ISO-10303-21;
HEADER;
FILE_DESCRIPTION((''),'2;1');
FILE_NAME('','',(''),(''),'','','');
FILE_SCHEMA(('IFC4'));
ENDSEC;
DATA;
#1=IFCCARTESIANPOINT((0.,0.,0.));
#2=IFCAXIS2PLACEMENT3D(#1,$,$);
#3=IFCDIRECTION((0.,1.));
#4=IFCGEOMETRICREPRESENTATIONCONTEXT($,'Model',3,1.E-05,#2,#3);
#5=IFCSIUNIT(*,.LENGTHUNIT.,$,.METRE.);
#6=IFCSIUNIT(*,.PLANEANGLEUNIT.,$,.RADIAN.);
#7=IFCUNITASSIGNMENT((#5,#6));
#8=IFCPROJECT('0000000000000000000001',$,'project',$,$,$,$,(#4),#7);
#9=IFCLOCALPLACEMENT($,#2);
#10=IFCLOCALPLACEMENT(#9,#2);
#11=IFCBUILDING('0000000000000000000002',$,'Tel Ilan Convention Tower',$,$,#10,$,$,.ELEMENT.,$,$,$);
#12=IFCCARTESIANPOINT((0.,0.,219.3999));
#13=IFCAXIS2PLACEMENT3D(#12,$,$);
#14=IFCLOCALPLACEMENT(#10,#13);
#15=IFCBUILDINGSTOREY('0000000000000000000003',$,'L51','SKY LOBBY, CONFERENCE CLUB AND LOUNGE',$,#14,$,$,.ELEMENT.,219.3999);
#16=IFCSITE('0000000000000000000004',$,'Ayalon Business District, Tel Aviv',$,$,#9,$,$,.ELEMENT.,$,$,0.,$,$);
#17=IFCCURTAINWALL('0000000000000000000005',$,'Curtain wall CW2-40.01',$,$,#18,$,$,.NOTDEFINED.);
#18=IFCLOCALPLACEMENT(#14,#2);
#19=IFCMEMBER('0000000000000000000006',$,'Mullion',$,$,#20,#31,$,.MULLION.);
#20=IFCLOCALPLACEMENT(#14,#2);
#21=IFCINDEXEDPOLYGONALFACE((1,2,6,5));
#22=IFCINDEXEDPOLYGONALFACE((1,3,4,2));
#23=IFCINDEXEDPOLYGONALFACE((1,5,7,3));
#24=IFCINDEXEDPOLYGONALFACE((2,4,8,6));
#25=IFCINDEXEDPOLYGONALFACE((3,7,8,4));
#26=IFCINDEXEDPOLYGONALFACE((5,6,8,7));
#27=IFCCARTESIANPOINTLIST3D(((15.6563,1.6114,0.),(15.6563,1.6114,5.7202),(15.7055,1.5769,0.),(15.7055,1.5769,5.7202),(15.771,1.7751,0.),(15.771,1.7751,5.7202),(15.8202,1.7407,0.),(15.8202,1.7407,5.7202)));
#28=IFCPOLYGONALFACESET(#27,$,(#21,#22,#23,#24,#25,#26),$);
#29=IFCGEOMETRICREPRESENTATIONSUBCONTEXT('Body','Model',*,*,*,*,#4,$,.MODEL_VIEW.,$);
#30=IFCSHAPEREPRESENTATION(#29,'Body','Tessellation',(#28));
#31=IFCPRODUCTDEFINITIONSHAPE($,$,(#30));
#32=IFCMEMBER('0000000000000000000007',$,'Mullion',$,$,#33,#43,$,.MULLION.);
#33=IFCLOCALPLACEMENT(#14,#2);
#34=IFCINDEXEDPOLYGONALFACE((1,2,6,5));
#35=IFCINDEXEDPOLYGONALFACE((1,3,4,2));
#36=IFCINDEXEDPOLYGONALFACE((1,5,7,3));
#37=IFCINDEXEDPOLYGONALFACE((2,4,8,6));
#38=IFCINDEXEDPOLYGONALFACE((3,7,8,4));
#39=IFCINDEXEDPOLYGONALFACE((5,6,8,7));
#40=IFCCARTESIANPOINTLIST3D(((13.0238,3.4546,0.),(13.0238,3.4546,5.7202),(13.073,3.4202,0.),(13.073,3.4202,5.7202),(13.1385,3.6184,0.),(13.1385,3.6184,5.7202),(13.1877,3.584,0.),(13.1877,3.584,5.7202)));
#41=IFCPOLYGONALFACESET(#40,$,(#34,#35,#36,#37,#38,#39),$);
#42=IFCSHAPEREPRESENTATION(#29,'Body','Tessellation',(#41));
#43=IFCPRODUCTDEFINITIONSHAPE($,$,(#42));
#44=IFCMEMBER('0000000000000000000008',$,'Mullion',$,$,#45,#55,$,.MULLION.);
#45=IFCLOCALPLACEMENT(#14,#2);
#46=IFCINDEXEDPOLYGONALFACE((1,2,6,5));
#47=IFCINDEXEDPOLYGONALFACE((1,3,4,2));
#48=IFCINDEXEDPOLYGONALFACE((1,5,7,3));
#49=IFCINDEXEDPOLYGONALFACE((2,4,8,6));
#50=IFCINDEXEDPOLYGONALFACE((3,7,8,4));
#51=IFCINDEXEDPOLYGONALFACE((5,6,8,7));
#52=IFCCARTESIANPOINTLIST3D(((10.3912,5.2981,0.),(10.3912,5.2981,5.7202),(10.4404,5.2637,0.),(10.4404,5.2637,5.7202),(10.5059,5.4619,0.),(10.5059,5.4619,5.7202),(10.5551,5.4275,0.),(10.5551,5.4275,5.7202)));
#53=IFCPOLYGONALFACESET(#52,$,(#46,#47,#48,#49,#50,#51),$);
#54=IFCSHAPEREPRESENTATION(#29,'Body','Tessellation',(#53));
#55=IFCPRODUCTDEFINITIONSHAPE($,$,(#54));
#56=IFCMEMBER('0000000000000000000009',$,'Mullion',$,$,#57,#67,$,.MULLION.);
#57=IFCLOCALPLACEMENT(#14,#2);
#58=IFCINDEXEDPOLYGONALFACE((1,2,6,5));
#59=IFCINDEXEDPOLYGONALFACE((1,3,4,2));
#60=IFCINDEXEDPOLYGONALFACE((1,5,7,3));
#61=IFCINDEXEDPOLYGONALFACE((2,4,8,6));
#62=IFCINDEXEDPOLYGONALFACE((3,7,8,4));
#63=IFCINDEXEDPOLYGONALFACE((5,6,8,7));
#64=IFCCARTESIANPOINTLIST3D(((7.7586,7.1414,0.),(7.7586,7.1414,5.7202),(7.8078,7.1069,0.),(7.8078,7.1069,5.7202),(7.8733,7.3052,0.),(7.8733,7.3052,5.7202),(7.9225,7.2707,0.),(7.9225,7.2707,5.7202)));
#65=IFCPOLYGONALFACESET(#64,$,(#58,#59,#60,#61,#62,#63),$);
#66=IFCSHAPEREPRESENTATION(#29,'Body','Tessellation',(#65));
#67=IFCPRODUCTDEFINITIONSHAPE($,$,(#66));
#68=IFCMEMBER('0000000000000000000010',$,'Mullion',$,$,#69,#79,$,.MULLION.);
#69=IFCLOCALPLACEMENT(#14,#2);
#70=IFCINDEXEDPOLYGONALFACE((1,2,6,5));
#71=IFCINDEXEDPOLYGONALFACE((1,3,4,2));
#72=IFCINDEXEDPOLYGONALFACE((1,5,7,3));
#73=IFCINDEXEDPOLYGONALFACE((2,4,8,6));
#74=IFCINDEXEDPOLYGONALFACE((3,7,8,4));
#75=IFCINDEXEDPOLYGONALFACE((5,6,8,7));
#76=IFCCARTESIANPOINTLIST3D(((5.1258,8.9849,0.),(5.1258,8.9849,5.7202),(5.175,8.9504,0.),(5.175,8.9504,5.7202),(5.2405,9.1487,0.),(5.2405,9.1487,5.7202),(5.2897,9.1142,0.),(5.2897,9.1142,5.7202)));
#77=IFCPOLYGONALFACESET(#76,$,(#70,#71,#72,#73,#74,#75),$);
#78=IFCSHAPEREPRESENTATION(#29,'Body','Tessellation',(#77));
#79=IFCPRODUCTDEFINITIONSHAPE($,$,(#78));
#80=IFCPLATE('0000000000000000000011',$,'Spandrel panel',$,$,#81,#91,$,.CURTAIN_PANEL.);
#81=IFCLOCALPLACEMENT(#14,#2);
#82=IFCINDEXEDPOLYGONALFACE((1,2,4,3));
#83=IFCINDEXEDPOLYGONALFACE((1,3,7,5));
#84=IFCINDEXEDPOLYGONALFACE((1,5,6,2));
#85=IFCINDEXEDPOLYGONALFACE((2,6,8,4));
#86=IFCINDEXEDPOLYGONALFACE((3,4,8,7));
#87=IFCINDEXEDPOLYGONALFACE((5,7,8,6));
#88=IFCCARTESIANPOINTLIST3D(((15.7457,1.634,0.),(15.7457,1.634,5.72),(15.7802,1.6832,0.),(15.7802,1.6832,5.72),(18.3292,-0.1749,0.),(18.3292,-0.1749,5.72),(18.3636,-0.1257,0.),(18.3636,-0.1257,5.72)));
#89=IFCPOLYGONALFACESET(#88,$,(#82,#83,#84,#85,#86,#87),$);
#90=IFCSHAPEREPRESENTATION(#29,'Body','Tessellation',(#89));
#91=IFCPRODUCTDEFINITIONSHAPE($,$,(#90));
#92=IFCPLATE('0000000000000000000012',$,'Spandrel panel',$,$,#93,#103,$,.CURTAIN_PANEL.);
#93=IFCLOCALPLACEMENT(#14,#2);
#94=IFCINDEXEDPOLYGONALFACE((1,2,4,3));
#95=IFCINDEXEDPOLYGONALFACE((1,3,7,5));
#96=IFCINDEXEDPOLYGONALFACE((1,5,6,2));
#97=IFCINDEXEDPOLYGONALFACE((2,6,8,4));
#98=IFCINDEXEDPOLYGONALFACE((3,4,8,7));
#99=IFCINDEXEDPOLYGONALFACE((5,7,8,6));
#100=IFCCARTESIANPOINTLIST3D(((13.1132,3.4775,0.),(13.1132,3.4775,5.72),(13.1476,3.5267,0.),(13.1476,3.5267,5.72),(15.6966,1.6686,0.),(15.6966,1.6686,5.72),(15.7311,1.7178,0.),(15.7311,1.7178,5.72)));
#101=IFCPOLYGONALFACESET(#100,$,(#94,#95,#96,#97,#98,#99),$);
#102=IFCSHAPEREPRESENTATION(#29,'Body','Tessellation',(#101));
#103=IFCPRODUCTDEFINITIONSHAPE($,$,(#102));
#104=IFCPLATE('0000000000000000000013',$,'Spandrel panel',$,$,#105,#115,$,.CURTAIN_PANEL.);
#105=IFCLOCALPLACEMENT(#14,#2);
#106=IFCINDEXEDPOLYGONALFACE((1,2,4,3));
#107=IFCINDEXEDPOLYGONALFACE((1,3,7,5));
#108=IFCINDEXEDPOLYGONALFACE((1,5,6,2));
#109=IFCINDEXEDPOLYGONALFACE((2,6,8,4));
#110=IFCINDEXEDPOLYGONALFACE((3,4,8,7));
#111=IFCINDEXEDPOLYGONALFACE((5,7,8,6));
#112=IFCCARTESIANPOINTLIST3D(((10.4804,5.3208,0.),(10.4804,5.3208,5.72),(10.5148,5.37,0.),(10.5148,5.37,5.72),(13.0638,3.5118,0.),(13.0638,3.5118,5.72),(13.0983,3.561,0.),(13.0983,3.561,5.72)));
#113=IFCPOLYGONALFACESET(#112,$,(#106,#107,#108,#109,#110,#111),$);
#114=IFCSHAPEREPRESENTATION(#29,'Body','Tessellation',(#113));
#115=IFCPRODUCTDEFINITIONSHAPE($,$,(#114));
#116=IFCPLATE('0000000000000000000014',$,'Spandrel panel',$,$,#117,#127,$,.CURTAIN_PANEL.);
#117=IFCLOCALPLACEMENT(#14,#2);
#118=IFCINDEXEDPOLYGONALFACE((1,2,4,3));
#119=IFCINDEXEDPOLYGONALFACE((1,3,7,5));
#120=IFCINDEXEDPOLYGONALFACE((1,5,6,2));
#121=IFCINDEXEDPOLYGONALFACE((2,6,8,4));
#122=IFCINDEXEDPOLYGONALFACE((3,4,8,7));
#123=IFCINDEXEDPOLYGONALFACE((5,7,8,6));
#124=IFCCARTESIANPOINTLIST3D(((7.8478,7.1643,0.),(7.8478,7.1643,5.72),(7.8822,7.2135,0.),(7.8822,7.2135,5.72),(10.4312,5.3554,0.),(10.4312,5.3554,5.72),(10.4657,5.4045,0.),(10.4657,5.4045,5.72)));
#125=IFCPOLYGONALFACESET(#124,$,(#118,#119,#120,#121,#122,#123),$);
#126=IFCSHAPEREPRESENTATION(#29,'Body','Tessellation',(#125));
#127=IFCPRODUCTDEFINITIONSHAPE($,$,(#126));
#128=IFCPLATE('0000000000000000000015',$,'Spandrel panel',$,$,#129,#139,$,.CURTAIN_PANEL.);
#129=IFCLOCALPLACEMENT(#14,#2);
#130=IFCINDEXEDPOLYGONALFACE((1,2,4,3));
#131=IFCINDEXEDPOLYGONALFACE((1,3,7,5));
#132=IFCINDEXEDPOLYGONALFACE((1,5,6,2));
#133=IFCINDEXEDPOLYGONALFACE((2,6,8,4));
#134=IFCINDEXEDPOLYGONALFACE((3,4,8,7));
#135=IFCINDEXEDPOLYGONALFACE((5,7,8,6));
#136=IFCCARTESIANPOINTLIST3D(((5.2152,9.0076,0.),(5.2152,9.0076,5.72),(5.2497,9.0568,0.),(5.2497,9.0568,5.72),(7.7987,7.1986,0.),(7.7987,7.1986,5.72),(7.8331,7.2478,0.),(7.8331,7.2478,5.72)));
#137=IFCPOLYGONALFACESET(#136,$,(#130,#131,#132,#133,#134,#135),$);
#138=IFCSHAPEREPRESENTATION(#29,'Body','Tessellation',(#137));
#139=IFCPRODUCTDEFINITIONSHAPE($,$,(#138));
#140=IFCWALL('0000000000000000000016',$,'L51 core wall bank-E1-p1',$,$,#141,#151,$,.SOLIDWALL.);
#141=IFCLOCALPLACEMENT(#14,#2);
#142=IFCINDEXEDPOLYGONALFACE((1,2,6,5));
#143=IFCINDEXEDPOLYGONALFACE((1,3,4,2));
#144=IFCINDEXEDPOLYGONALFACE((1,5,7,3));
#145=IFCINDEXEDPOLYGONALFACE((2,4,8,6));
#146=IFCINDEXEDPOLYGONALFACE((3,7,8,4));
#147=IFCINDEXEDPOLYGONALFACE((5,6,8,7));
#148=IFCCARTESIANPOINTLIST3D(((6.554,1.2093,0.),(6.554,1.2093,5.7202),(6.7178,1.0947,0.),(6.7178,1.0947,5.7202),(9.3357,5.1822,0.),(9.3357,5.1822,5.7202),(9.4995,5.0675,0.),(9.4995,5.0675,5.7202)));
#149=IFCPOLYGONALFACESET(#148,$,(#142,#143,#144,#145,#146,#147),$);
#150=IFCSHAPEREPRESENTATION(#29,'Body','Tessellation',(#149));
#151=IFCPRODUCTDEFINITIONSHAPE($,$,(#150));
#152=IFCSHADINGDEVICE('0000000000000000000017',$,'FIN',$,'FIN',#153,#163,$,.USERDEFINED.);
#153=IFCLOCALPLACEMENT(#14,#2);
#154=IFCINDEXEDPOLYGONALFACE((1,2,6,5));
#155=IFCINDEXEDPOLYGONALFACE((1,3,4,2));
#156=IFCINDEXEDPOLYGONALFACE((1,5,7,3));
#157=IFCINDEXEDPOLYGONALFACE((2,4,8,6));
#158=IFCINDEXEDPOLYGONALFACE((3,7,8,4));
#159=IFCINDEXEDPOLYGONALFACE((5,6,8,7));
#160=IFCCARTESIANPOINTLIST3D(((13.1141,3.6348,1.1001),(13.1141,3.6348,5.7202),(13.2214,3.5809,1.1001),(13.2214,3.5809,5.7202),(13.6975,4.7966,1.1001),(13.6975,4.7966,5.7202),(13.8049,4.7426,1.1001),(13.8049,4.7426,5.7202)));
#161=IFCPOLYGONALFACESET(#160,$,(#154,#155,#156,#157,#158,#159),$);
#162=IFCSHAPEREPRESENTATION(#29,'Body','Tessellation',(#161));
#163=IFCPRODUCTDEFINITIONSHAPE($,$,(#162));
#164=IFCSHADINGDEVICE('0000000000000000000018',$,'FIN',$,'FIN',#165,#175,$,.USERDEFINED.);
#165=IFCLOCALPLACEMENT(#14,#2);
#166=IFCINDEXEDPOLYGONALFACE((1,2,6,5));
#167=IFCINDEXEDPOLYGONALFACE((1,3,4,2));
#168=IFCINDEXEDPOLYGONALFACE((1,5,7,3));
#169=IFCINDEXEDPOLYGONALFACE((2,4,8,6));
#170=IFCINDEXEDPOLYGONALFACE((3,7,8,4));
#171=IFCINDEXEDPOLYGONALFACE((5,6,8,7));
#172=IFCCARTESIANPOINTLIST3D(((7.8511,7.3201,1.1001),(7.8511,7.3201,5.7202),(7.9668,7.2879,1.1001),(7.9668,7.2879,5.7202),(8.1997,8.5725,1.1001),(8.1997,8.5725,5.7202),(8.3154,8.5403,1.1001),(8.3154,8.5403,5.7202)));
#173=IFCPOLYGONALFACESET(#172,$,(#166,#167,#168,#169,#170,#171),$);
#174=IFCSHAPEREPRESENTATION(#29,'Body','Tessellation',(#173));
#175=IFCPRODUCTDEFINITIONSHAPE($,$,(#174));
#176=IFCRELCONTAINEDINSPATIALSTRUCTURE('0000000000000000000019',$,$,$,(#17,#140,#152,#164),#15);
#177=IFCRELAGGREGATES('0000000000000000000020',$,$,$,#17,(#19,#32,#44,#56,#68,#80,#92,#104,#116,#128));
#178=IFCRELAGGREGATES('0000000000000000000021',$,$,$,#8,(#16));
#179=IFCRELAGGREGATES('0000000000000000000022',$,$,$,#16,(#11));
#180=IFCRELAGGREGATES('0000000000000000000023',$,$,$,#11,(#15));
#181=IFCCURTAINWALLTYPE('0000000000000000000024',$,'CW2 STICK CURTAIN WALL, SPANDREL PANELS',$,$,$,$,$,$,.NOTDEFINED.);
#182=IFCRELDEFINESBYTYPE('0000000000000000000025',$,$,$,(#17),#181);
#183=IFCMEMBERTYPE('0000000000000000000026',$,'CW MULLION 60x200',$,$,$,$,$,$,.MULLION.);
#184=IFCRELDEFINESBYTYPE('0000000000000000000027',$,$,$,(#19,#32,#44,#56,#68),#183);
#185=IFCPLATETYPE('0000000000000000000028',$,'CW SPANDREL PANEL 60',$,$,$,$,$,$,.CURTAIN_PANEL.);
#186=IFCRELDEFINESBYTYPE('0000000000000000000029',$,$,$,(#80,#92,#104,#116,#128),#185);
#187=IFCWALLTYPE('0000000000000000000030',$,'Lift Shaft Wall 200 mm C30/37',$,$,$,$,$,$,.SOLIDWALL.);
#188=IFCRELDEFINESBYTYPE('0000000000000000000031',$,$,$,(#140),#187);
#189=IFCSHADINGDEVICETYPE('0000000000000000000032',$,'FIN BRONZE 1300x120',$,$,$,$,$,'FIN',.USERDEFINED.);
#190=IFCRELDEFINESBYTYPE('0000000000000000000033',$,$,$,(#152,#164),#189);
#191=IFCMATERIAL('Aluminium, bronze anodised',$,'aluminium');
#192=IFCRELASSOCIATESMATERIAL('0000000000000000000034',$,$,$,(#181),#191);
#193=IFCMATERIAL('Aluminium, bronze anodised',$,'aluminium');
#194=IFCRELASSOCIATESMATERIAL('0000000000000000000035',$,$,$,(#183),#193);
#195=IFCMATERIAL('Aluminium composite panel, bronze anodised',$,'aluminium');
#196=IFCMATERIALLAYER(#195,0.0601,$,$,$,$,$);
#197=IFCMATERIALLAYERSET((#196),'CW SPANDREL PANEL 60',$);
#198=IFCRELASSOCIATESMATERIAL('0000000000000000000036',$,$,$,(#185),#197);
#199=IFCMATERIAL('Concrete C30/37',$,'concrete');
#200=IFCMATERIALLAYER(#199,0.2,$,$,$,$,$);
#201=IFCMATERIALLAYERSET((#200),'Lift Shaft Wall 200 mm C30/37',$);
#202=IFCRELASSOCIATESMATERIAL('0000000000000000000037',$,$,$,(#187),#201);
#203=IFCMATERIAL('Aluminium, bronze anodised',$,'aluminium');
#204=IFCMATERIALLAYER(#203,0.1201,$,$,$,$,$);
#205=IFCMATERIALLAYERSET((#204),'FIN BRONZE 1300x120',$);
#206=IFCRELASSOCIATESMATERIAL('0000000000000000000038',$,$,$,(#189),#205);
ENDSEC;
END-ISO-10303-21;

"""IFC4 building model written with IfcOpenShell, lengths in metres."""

from ifc_helpers import new_model, si_unit, direction, frame, frame_2d, origin, origin_2d, place, context, subcontext, project, spatial, rectangle, extrude, material, layer, layer_set, material_profile, profile_set, type_object, element, aggregate, save


model = new_model("IFC4")

# Units and contexts
model_context = context("Model", 3, precision=1e-05, world=origin(), true_north=direction((0.0, 1.0)))
body_context = subcontext(model_context, "Body", "Model", "MODEL_VIEW")
ifc_project = project(units=[si_unit("LENGTHUNIT", "METRE"), si_unit("PLANEANGLEUNIT", "RADIAN")], contexts=[model_context])

# Site, building, storey
site_placement = place(None, origin())
site = spatial("IfcSite", under=ifc_project, at=site_placement, Name="Ayalon Business District, Tel Aviv", CompositionType="ELEMENT", RefElevation=0.0)
building_placement = place(site_placement, origin())
building = spatial("IfcBuilding", under=site, at=building_placement, Name="Tel Ilan Convention Tower", CompositionType="ELEMENT")
storey_placement = place(building_placement, frame((0.0, 0.0, 219.3999)))
storey = spatial("IfcBuildingStorey", under=building, at=storey_placement, Name="L51", Description="SKY LOBBY, CONFERENCE CLUB AND LOUNGE", CompositionType="ELEMENT", Elevation=219.3999)

# Curtain wall, members, plates
ifc_material_1 = material(Name="Aluminium, bronze anodised", Category="aluminium")
curtain_wall_type = type_object("IfcCurtainWallType", Name="CW2 STICK CURTAIN WALL, SPANDREL PANELS", PredefinedType="NOTDEFINED", material=ifc_material_1)
curtain_wall_placement = place(storey_placement, origin())
curtain_wall = element("IfcCurtainWall", 1, at=curtain_wall_placement, inside=storey, type_object=curtain_wall_type, Name="Curtain wall CW2-40.01", PredefinedType="NOTDEFINED")
ifc_material_2 = material(Name="Aluminium, bronze anodised", Category="aluminium")
ifc_material_profile = material_profile(ifc_material_2, rectangle(XDim=0.0601, YDim=0.2, at=origin_2d()), Name="CW MULLION 60x200")
ifc_profile_set = profile_set([ifc_material_profile], Name="Aluminium, bronze anodised")
member_type = type_object("IfcMemberType", Name="CW MULLION 60x200", PredefinedType="MULLION", material=ifc_profile_set)
member_1_placement = place(storey_placement, frame((15.7383, 1.676, 0.0), z_axis=(0.0, 0.0, 1.0), x_axis=(-0.819152, 0.573576, 0.0)))
member_1 = element("IfcMember", 2, at=member_1_placement, type_object=member_type, Name="Mullion", PredefinedType="MULLION", context=body_context, shape_type="SweptSolid", body=[
    extrude(rectangle(XDim=0.0601, YDim=0.2, at=origin_2d()), origin(), (0.0, 0.0, 1.0), 5.7202),
])
member_2_placement = place(storey_placement, frame((13.1057, 3.5193, 0.0), z_axis=(0.0, 0.0, 1.0), x_axis=(-0.819152, 0.573576, 0.0)))
member_2 = element("IfcMember", 3, at=member_2_placement, type_object=member_type, Name="Mullion", PredefinedType="MULLION", context=body_context, shape_type="SweptSolid", body=[
    extrude(rectangle(XDim=0.0601, YDim=0.2, at=origin_2d()), origin(), (0.0, 0.0, 1.0), 5.7202),
])
member_3_placement = place(storey_placement, frame((10.4731, 5.3628, 0.0), z_axis=(0.0, 0.0, 1.0), x_axis=(-0.819152, 0.573576, 0.0)))
member_3 = element("IfcMember", 4, at=member_3_placement, type_object=member_type, Name="Mullion", PredefinedType="MULLION", context=body_context, shape_type="SweptSolid", body=[
    extrude(rectangle(XDim=0.0601, YDim=0.2, at=origin_2d()), origin(), (0.0, 0.0, 1.0), 5.7202),
])
member_4_placement = place(storey_placement, frame((7.8406, 7.2061, 0.0), z_axis=(0.0, 0.0, 1.0), x_axis=(-0.819152, 0.573576, 0.0)))
member_4 = element("IfcMember", 5, at=member_4_placement, type_object=member_type, Name="Mullion", PredefinedType="MULLION", context=body_context, shape_type="SweptSolid", body=[
    extrude(rectangle(XDim=0.0601, YDim=0.2, at=origin_2d()), origin(), (0.0, 0.0, 1.0), 5.7202),
])
member_5_placement = place(storey_placement, frame((5.2078, 9.0496, 0.0), z_axis=(0.0, 0.0, 1.0), x_axis=(-0.819152, 0.573576, 0.0)))
member_5 = element("IfcMember", 6, at=member_5_placement, type_object=member_type, Name="Mullion", PredefinedType="MULLION", context=body_context, shape_type="SweptSolid", body=[
    extrude(rectangle(XDim=0.0601, YDim=0.2, at=origin_2d()), origin(), (0.0, 0.0, 1.0), 5.7202),
])
ifc_material_3 = material(Name="Aluminium composite panel, bronze anodised", Category="aluminium")
ifc_layer_1 = layer(ifc_material_3, 0.0601)
ifc_layer_set_1 = layer_set([ifc_layer_1], Name="CW SPANDREL PANEL 60")
plate_type = type_object("IfcPlateType", Name="CW SPANDREL PANEL 60", PredefinedType="CURTAIN_PANEL", material=ifc_layer_set_1)
plate_1_placement = place(storey_placement, frame((17.0547, 0.7542, 0.0), z_axis=(0.0, 0.0, 1.0), x_axis=(-0.819152, 0.573576, 0.0)))
plate_1 = element("IfcPlate", 7, at=plate_1_placement, type_object=plate_type, Name="Spandrel panel", PredefinedType="CURTAIN_PANEL", context=body_context, shape_type="SweptSolid", body=[
    extrude(rectangle(XDim=3.1538, YDim=0.0601, at=origin_2d()), origin(), (0.0, 0.0, 1.0), 5.72),
])
plate_2_placement = place(storey_placement, frame((14.4221, 2.5977, 0.0), z_axis=(0.0, 0.0, 1.0), x_axis=(-0.819152, 0.573576, 0.0)))
plate_2 = element("IfcPlate", 8, at=plate_2_placement, type_object=plate_type, Name="Spandrel panel", PredefinedType="CURTAIN_PANEL", context=body_context, shape_type="SweptSolid", body=[
    extrude(rectangle(XDim=3.1538, YDim=0.0601, at=origin_2d()), origin(), (0.0, 0.0, 1.0), 5.72),
])
plate_3_placement = place(storey_placement, frame((11.7893, 4.4409, 0.0), z_axis=(0.0, 0.0, 1.0), x_axis=(-0.819152, 0.573576, 0.0)))
plate_3 = element("IfcPlate", 9, at=plate_3_placement, type_object=plate_type, Name="Spandrel panel", PredefinedType="CURTAIN_PANEL", context=body_context, shape_type="SweptSolid", body=[
    extrude(rectangle(XDim=3.1538, YDim=0.0601, at=origin_2d()), origin(), (0.0, 0.0, 1.0), 5.72),
])
plate_4_placement = place(storey_placement, frame((9.1567, 6.2844, 0.0), z_axis=(0.0, 0.0, 1.0), x_axis=(-0.819152, 0.573576, 0.0)))
plate_4 = element("IfcPlate", 10, at=plate_4_placement, type_object=plate_type, Name="Spandrel panel", PredefinedType="CURTAIN_PANEL", context=body_context, shape_type="SweptSolid", body=[
    extrude(rectangle(XDim=3.1538, YDim=0.0601, at=origin_2d()), origin(), (0.0, 0.0, 1.0), 5.72),
])
plate_5_placement = place(storey_placement, frame((6.5242, 8.1277, 0.0), z_axis=(0.0, 0.0, 1.0), x_axis=(-0.819152, 0.573576, 0.0)))
plate_5 = element("IfcPlate", 11, at=plate_5_placement, type_object=plate_type, Name="Spandrel panel", PredefinedType="CURTAIN_PANEL", context=body_context, shape_type="SweptSolid", body=[
    extrude(rectangle(XDim=3.1538, YDim=0.0601, at=origin_2d()), origin(), (0.0, 0.0, 1.0), 5.72),
])
aggregate(curtain_wall, [member_1, member_2, member_3, member_4, member_5, plate_1, plate_2, plate_3, plate_4, plate_5])

# Wall
ifc_material_4 = material(Name="Concrete C30/37", Category="concrete")
ifc_layer_2 = layer(ifc_material_4, 0.2)
ifc_layer_set_2 = layer_set([ifc_layer_2], Name="Lift Shaft Wall 200 mm C30/37")
wall_type = type_object("IfcWallType", Name="Lift Shaft Wall 200 mm C30/37", PredefinedType="SOLIDWALL", material=ifc_layer_set_2)
wall_placement = place(storey_placement, frame((6.636, 1.1521, 0.0), z_axis=(0.0, 0.0, 1.0), x_axis=(0.57356, 0.819163, 0.0)))
element("IfcWall", 12, at=wall_placement, inside=storey, type_object=wall_type, Name="L51 core wall bank-E1-p1", PredefinedType="SOLIDWALL", context=body_context, shape_type="SweptSolid", body=[
    extrude(rectangle(XDim=4.8499, YDim=0.2, at=frame_2d((2.4248, 0.0))), origin(), (0.0, 0.0, 1.0), 5.7202),
])

# Shading devices
ifc_material_5 = material(Name="Aluminium, bronze anodised", Category="aluminium")
ifc_layer_3 = layer(ifc_material_5, 0.1201)
ifc_layer_set_3 = layer_set([ifc_layer_3], Name="FIN BRONZE 1300x120")
shading_device_type = type_object("IfcShadingDeviceType", Name="FIN BRONZE 1300x120", ElementType="FIN", PredefinedType="USERDEFINED", material=ifc_layer_set_3)
for number, where, z_axis, x_axis, name in (
    (13, (13.4595, 4.1887, 1.1001), (0.0, 0.0, 1.0), (0.448799, 0.893633, 0.0), "FIN"),
    (14, (8.0833, 7.9302, 1.1001), (0.0, 0.0, 1.0), (0.268173, 0.963371, 0.0), "FIN"),
):
    element("IfcShadingDevice", number, at=place(storey_placement, frame(where, z_axis=z_axis, x_axis=x_axis)), inside=storey, type_object=shading_device_type, Name=name, ObjectType="FIN", PredefinedType="USERDEFINED", context=body_context, shape_type="SweptSolid", body=[
        extrude(rectangle(XDim=1.3, YDim=0.1201, at=origin_2d()), origin(), (0.0, 0.0, 1.0), 4.6201),
    ])

save(model, "model.ifc")
